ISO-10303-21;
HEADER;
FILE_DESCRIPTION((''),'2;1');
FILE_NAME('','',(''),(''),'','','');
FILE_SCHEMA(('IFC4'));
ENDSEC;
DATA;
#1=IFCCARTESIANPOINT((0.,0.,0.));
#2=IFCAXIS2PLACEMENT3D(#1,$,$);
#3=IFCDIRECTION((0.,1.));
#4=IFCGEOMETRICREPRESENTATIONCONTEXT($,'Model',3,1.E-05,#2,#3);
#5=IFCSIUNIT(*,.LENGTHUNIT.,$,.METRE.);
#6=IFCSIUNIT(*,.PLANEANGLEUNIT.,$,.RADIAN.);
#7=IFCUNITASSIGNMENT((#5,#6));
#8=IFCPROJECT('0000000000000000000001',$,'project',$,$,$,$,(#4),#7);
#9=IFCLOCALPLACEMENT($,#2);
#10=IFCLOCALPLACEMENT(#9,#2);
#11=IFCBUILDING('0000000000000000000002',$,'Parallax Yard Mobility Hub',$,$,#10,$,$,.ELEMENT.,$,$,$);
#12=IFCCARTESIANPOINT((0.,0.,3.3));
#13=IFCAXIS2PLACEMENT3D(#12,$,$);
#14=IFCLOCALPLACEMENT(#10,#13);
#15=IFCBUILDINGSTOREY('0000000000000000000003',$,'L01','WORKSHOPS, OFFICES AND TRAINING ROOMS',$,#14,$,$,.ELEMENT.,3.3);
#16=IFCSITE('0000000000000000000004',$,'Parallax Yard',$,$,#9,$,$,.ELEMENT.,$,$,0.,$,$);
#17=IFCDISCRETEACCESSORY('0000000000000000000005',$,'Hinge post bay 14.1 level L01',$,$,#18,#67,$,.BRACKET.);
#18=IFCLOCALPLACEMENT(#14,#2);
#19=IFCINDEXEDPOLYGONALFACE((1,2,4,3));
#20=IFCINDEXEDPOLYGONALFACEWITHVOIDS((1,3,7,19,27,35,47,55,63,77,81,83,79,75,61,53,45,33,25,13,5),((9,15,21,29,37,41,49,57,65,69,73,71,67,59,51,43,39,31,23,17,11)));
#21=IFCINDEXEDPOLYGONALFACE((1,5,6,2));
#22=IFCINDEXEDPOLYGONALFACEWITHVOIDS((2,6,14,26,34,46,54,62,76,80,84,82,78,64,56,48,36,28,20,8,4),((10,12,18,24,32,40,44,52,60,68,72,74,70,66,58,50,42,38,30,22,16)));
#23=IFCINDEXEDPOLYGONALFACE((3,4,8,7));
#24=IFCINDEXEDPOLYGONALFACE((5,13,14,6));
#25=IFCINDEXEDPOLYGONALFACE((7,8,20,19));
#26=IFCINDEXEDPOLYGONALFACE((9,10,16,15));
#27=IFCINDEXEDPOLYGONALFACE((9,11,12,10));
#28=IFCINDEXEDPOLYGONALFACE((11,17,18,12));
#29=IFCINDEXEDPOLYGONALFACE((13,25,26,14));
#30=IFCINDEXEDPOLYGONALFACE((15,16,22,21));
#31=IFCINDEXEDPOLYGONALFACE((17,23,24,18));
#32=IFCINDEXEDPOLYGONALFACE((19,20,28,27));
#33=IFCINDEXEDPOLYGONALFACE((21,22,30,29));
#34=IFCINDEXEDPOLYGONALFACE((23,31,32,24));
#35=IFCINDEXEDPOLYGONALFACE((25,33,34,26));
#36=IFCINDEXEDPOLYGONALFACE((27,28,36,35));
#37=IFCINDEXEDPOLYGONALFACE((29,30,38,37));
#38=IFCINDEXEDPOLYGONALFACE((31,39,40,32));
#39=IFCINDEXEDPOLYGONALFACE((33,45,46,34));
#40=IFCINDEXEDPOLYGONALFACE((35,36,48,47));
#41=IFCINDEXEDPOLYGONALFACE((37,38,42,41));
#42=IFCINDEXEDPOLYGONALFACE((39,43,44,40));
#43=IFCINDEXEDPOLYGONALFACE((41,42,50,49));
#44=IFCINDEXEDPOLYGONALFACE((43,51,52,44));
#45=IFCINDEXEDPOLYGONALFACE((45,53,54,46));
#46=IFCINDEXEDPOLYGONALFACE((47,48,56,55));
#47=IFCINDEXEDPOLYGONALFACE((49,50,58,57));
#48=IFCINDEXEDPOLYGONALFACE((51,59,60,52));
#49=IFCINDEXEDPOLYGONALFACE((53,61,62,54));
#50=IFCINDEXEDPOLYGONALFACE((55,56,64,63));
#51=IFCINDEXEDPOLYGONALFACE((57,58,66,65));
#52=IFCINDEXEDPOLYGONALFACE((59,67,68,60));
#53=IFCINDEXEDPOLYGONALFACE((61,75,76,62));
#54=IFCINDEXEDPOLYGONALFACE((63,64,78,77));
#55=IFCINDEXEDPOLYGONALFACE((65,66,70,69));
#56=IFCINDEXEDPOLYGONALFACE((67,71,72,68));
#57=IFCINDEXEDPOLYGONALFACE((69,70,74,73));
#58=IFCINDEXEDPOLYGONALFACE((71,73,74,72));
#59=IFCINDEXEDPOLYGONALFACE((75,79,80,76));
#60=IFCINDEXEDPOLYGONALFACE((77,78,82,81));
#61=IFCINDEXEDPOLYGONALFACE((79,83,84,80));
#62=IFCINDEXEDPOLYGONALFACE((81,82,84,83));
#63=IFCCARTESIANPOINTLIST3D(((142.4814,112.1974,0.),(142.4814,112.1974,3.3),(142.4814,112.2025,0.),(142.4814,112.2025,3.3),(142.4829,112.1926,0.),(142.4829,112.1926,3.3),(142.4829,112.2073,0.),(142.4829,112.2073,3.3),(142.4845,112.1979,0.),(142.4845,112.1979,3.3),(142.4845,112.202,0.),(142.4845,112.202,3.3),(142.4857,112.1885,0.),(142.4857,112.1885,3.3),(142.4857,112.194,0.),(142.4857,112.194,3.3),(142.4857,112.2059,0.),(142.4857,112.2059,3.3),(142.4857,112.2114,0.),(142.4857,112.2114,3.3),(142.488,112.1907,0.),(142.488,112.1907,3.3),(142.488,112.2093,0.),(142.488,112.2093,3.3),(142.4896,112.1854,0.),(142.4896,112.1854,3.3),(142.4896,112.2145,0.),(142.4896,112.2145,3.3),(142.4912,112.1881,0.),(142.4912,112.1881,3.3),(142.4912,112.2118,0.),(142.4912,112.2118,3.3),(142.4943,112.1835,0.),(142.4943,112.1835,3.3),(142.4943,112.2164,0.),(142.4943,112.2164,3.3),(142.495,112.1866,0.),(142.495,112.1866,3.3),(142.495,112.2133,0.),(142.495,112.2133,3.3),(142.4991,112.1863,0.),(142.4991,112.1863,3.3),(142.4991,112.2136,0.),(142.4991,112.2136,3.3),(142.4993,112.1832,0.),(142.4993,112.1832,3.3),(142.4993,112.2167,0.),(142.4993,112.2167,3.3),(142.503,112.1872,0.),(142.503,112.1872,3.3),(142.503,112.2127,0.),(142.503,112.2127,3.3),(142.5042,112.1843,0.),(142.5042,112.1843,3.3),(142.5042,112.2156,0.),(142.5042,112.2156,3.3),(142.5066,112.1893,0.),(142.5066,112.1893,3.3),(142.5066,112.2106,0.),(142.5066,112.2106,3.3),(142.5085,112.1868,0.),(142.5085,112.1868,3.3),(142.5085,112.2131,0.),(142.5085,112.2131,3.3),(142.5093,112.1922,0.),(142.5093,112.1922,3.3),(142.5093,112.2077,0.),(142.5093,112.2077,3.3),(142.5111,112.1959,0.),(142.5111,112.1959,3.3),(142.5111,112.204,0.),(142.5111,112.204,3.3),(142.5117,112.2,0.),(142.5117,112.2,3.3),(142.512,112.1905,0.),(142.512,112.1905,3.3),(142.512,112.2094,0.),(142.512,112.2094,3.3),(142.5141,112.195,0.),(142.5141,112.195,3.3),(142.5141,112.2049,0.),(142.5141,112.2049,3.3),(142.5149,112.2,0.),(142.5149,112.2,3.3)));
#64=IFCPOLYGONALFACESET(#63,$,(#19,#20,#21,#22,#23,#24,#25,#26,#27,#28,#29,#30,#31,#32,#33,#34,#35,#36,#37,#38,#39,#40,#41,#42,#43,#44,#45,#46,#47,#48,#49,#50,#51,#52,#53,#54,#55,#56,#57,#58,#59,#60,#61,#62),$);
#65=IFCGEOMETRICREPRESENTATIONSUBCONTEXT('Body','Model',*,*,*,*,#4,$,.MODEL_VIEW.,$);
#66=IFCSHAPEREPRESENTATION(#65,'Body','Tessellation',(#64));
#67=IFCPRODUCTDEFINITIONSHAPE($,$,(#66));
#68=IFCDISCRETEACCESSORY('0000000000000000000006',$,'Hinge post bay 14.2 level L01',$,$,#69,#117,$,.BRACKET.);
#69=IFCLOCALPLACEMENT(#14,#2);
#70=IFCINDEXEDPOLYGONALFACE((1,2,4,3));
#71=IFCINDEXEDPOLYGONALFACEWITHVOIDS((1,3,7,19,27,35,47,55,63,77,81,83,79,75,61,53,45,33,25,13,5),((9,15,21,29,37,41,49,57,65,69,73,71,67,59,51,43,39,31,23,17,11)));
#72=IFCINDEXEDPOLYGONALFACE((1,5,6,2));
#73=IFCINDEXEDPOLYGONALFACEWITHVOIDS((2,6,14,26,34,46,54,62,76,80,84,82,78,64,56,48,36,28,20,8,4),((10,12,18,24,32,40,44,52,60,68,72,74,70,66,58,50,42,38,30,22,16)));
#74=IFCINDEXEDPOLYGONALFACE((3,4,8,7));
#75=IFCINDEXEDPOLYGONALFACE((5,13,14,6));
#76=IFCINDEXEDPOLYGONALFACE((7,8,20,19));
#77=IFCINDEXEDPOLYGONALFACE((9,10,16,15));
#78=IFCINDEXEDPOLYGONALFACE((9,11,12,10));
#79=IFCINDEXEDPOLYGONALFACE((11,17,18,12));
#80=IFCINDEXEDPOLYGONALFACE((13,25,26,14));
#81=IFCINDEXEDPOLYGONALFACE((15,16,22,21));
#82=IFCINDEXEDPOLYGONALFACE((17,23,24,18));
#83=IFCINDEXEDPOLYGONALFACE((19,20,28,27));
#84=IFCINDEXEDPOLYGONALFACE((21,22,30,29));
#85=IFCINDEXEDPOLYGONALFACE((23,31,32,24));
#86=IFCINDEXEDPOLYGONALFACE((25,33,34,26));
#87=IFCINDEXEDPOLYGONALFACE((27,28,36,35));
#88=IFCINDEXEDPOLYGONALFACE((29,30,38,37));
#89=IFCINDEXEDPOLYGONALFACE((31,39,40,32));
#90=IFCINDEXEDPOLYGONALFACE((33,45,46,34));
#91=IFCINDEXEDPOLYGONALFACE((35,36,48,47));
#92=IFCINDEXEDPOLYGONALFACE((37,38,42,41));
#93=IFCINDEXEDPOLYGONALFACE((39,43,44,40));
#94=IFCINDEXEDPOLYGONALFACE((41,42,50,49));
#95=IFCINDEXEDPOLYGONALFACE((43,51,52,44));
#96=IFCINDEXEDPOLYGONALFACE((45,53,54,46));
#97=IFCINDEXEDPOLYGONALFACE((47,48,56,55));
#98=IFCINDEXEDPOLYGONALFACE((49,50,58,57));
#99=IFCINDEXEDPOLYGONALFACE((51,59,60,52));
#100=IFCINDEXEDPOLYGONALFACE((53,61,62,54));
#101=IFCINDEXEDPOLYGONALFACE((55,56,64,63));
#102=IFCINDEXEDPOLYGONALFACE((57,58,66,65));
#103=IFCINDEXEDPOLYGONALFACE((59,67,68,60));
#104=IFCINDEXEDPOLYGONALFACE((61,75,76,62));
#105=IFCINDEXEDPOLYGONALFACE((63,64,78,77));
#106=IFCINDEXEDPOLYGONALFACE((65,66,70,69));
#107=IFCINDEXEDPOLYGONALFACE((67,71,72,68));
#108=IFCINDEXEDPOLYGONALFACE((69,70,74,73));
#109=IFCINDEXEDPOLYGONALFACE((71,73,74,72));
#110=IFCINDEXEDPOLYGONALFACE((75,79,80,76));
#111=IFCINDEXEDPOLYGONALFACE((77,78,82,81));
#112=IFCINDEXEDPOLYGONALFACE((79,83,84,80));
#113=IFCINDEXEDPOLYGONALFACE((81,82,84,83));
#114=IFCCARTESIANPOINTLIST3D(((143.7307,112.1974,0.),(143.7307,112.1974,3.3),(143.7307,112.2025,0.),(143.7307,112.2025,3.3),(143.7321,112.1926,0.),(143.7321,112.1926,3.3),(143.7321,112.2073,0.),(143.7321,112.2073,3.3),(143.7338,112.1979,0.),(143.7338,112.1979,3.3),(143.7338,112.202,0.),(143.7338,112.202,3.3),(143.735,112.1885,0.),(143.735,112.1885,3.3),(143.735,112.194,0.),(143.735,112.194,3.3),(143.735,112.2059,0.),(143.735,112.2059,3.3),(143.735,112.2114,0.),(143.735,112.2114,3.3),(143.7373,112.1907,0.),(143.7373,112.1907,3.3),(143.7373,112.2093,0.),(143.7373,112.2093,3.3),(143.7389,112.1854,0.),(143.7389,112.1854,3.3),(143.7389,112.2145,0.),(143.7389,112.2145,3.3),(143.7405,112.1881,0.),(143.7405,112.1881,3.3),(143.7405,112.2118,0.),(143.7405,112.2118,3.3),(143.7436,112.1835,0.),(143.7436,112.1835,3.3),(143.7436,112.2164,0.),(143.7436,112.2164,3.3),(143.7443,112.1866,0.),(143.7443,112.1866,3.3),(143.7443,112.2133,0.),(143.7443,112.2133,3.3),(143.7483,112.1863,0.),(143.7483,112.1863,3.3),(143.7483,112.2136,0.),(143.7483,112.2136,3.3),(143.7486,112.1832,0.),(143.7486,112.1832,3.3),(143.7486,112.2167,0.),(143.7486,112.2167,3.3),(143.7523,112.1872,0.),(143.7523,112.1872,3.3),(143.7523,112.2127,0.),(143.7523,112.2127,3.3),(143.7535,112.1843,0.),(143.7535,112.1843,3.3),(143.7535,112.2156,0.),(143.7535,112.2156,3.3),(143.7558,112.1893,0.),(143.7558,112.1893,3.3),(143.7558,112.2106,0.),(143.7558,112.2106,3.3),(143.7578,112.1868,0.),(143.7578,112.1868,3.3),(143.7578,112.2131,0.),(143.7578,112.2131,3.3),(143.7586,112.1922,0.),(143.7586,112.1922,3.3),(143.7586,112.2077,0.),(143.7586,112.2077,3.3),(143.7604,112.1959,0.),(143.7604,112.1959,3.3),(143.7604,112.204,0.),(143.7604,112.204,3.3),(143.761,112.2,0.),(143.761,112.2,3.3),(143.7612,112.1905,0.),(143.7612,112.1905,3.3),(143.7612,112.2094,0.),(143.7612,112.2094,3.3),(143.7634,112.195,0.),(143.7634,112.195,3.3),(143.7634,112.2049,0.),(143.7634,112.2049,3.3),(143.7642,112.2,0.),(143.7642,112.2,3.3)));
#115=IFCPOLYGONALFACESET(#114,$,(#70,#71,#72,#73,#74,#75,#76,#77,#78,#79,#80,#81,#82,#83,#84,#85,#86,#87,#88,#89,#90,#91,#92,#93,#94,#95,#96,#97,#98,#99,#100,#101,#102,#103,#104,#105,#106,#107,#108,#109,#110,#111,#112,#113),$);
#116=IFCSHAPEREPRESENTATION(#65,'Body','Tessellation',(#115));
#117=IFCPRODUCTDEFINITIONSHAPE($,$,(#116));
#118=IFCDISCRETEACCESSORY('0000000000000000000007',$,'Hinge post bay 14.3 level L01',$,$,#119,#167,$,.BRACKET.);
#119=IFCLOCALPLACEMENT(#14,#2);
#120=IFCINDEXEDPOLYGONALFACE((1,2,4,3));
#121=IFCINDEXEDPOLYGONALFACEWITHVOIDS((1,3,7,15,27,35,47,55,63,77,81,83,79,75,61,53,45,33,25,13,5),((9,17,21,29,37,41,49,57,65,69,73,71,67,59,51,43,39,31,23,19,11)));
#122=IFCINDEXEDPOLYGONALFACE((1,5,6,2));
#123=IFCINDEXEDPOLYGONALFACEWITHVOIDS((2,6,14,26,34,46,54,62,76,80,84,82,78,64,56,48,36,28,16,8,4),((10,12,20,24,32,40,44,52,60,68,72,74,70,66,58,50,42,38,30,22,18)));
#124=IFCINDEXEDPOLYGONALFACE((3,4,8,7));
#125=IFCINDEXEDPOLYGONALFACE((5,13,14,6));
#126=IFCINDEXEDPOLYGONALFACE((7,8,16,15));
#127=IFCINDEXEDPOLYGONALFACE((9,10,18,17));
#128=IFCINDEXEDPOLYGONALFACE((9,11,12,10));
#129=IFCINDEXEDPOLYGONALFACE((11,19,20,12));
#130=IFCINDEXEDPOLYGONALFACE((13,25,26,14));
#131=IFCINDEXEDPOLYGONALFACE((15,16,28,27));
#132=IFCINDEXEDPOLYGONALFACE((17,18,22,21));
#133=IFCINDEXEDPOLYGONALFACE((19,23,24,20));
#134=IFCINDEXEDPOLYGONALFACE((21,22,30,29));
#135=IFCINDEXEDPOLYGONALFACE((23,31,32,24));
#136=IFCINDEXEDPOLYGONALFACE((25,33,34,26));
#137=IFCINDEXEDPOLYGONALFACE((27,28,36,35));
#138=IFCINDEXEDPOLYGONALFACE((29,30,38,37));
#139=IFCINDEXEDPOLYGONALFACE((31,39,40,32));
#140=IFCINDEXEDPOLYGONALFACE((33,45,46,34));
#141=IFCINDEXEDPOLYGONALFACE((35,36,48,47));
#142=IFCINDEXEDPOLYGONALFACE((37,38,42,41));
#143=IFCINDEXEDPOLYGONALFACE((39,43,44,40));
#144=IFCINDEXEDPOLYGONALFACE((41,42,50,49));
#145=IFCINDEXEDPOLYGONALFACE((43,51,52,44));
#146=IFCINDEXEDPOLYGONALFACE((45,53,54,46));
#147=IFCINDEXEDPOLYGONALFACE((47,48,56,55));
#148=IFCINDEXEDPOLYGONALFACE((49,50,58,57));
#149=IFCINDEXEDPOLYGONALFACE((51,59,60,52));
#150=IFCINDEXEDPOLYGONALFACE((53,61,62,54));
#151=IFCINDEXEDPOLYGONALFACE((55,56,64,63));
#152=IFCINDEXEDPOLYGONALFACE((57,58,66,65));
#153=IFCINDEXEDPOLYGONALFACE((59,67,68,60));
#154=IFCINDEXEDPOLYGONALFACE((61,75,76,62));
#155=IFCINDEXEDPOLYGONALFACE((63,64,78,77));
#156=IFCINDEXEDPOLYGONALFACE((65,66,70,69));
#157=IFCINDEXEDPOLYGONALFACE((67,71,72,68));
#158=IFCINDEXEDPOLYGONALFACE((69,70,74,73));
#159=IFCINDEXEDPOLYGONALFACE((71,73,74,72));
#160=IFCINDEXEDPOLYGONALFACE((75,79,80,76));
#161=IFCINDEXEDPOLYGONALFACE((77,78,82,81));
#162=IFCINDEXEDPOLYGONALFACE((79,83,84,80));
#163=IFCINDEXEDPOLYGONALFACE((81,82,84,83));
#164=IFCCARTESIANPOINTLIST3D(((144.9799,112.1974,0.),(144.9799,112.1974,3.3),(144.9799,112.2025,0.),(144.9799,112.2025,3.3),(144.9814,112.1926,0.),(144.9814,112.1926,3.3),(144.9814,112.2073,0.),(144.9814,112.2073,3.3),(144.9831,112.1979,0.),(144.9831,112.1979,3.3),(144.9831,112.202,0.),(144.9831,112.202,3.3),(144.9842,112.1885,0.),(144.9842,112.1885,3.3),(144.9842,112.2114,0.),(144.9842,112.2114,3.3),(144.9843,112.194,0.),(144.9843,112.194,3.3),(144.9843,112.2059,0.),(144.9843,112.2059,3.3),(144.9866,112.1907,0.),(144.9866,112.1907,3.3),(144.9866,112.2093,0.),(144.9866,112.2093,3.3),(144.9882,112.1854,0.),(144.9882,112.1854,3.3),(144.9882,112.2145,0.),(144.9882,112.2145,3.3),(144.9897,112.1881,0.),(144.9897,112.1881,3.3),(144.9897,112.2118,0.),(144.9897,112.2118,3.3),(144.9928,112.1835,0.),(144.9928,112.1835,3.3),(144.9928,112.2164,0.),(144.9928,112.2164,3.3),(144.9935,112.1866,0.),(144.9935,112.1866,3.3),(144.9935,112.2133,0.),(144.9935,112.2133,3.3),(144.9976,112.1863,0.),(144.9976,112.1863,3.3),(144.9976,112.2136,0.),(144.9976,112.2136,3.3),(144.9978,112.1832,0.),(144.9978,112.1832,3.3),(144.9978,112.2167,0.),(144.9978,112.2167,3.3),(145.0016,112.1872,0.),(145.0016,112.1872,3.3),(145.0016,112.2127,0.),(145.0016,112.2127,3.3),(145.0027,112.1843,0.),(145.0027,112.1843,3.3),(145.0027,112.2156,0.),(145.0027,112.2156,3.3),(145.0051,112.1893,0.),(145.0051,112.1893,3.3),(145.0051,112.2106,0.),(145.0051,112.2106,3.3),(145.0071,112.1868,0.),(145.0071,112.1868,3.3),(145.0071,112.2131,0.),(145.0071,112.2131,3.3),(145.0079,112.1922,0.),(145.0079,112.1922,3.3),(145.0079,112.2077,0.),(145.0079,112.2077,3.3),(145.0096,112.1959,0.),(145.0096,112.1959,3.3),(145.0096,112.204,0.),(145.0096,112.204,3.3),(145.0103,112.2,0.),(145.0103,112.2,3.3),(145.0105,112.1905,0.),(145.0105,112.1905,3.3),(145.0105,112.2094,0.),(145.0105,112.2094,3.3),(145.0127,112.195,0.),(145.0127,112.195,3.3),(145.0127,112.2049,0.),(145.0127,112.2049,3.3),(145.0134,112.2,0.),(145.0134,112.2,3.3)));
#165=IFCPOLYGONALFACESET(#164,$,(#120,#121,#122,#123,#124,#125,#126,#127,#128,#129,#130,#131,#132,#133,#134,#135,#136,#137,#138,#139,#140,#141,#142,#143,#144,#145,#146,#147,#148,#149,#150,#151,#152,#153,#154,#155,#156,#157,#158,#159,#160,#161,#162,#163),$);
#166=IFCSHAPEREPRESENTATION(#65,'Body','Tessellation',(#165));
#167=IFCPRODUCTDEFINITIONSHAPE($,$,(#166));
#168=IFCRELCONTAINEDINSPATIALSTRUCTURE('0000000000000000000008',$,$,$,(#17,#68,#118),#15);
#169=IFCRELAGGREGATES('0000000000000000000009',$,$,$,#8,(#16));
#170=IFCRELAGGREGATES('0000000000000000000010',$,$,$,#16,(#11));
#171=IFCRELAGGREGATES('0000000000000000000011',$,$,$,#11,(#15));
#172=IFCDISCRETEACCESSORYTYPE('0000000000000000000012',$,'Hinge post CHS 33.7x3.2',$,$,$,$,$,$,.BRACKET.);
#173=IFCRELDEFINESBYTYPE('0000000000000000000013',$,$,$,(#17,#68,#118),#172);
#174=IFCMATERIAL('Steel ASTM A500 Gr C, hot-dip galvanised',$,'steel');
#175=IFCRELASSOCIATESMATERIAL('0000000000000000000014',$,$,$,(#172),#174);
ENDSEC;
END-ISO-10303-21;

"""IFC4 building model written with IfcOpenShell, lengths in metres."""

from ifc_helpers import new_model, si_unit, direction, frame, origin, origin_2d, place, context, subcontext, project, spatial, hollow_circle, extrude, material, material_profile, profile_set, type_object, element, save


model = new_model("IFC4")

# Units and contexts
model_context = context("Model", 3, precision=1e-05, world=origin(), true_north=direction((0.0, 1.0)))
body_context = subcontext(model_context, "Body", "Model", "MODEL_VIEW")
ifc_project = project(units=[si_unit("LENGTHUNIT", "METRE"), si_unit("PLANEANGLEUNIT", "RADIAN")], contexts=[model_context])

# Site, building, storey
site_placement = place(None, origin())
site = spatial("IfcSite", under=ifc_project, at=site_placement, Name="Parallax Yard", CompositionType="ELEMENT", RefElevation=0.0)
building_placement = place(site_placement, origin())
building = spatial("IfcBuilding", under=site, at=building_placement, Name="Parallax Yard Mobility Hub", CompositionType="ELEMENT")
storey_placement = place(building_placement, frame((0.0, 0.0, 3.3)))
storey = spatial("IfcBuildingStorey", under=building, at=storey_placement, Name="L01", Description="WORKSHOPS, OFFICES AND TRAINING ROOMS", CompositionType="ELEMENT", Elevation=3.3)

# Discrete accessories
ifc_material_1 = material(Name="Steel ASTM A500 Gr C, hot-dip galvanised", Category="steel")
ifc_material_profile_1 = material_profile(ifc_material_1, hollow_circle(Radius=0.0168, WallThickness=0.0032, at=origin_2d()), Name="CHS 33.7x3.2")
ifc_profile_set_1 = profile_set([ifc_material_profile_1], Name="Steel ASTM A500 Gr C, hot-dip galvanised")
discrete_accessory_type_1 = type_object("IfcDiscreteAccessoryType", Name="Hinge post CHS 33.7x3.2", PredefinedType="BRACKET", material=ifc_profile_set_1)
for number, where, z_axis, x_axis, name in (
    (1, (142.498, 112.2, 0.0), (0.0, 0.0, 1.0), (1.0, 0.0, 0.0), "Hinge post bay 14.1 level L01"),
    (2, (143.7473, 112.2, 0.0), (0.0, 0.0, 1.0), (1.0, 0.0, 0.0), "Hinge post bay 14.2 level L01"),
    (3, (144.9966, 112.2, 0.0), (0.0, 0.0, 1.0), (1.0, 0.0, 0.0), "Hinge post bay 14.3 level L01"),
):
    element("IfcDiscreteAccessory", number, at=place(storey_placement, frame(where, z_axis=z_axis, x_axis=x_axis)), inside=storey, type_object=discrete_accessory_type_1, Name=name, PredefinedType="BRACKET", context=body_context, shape_type="SweptSolid", body=[
        extrude(hollow_circle(Radius=0.0168, WallThickness=0.0032, at=origin_2d()), origin(), (0.0, 0.0, 1.0), 3.3),
    ])

save(model, "model.ifc")
